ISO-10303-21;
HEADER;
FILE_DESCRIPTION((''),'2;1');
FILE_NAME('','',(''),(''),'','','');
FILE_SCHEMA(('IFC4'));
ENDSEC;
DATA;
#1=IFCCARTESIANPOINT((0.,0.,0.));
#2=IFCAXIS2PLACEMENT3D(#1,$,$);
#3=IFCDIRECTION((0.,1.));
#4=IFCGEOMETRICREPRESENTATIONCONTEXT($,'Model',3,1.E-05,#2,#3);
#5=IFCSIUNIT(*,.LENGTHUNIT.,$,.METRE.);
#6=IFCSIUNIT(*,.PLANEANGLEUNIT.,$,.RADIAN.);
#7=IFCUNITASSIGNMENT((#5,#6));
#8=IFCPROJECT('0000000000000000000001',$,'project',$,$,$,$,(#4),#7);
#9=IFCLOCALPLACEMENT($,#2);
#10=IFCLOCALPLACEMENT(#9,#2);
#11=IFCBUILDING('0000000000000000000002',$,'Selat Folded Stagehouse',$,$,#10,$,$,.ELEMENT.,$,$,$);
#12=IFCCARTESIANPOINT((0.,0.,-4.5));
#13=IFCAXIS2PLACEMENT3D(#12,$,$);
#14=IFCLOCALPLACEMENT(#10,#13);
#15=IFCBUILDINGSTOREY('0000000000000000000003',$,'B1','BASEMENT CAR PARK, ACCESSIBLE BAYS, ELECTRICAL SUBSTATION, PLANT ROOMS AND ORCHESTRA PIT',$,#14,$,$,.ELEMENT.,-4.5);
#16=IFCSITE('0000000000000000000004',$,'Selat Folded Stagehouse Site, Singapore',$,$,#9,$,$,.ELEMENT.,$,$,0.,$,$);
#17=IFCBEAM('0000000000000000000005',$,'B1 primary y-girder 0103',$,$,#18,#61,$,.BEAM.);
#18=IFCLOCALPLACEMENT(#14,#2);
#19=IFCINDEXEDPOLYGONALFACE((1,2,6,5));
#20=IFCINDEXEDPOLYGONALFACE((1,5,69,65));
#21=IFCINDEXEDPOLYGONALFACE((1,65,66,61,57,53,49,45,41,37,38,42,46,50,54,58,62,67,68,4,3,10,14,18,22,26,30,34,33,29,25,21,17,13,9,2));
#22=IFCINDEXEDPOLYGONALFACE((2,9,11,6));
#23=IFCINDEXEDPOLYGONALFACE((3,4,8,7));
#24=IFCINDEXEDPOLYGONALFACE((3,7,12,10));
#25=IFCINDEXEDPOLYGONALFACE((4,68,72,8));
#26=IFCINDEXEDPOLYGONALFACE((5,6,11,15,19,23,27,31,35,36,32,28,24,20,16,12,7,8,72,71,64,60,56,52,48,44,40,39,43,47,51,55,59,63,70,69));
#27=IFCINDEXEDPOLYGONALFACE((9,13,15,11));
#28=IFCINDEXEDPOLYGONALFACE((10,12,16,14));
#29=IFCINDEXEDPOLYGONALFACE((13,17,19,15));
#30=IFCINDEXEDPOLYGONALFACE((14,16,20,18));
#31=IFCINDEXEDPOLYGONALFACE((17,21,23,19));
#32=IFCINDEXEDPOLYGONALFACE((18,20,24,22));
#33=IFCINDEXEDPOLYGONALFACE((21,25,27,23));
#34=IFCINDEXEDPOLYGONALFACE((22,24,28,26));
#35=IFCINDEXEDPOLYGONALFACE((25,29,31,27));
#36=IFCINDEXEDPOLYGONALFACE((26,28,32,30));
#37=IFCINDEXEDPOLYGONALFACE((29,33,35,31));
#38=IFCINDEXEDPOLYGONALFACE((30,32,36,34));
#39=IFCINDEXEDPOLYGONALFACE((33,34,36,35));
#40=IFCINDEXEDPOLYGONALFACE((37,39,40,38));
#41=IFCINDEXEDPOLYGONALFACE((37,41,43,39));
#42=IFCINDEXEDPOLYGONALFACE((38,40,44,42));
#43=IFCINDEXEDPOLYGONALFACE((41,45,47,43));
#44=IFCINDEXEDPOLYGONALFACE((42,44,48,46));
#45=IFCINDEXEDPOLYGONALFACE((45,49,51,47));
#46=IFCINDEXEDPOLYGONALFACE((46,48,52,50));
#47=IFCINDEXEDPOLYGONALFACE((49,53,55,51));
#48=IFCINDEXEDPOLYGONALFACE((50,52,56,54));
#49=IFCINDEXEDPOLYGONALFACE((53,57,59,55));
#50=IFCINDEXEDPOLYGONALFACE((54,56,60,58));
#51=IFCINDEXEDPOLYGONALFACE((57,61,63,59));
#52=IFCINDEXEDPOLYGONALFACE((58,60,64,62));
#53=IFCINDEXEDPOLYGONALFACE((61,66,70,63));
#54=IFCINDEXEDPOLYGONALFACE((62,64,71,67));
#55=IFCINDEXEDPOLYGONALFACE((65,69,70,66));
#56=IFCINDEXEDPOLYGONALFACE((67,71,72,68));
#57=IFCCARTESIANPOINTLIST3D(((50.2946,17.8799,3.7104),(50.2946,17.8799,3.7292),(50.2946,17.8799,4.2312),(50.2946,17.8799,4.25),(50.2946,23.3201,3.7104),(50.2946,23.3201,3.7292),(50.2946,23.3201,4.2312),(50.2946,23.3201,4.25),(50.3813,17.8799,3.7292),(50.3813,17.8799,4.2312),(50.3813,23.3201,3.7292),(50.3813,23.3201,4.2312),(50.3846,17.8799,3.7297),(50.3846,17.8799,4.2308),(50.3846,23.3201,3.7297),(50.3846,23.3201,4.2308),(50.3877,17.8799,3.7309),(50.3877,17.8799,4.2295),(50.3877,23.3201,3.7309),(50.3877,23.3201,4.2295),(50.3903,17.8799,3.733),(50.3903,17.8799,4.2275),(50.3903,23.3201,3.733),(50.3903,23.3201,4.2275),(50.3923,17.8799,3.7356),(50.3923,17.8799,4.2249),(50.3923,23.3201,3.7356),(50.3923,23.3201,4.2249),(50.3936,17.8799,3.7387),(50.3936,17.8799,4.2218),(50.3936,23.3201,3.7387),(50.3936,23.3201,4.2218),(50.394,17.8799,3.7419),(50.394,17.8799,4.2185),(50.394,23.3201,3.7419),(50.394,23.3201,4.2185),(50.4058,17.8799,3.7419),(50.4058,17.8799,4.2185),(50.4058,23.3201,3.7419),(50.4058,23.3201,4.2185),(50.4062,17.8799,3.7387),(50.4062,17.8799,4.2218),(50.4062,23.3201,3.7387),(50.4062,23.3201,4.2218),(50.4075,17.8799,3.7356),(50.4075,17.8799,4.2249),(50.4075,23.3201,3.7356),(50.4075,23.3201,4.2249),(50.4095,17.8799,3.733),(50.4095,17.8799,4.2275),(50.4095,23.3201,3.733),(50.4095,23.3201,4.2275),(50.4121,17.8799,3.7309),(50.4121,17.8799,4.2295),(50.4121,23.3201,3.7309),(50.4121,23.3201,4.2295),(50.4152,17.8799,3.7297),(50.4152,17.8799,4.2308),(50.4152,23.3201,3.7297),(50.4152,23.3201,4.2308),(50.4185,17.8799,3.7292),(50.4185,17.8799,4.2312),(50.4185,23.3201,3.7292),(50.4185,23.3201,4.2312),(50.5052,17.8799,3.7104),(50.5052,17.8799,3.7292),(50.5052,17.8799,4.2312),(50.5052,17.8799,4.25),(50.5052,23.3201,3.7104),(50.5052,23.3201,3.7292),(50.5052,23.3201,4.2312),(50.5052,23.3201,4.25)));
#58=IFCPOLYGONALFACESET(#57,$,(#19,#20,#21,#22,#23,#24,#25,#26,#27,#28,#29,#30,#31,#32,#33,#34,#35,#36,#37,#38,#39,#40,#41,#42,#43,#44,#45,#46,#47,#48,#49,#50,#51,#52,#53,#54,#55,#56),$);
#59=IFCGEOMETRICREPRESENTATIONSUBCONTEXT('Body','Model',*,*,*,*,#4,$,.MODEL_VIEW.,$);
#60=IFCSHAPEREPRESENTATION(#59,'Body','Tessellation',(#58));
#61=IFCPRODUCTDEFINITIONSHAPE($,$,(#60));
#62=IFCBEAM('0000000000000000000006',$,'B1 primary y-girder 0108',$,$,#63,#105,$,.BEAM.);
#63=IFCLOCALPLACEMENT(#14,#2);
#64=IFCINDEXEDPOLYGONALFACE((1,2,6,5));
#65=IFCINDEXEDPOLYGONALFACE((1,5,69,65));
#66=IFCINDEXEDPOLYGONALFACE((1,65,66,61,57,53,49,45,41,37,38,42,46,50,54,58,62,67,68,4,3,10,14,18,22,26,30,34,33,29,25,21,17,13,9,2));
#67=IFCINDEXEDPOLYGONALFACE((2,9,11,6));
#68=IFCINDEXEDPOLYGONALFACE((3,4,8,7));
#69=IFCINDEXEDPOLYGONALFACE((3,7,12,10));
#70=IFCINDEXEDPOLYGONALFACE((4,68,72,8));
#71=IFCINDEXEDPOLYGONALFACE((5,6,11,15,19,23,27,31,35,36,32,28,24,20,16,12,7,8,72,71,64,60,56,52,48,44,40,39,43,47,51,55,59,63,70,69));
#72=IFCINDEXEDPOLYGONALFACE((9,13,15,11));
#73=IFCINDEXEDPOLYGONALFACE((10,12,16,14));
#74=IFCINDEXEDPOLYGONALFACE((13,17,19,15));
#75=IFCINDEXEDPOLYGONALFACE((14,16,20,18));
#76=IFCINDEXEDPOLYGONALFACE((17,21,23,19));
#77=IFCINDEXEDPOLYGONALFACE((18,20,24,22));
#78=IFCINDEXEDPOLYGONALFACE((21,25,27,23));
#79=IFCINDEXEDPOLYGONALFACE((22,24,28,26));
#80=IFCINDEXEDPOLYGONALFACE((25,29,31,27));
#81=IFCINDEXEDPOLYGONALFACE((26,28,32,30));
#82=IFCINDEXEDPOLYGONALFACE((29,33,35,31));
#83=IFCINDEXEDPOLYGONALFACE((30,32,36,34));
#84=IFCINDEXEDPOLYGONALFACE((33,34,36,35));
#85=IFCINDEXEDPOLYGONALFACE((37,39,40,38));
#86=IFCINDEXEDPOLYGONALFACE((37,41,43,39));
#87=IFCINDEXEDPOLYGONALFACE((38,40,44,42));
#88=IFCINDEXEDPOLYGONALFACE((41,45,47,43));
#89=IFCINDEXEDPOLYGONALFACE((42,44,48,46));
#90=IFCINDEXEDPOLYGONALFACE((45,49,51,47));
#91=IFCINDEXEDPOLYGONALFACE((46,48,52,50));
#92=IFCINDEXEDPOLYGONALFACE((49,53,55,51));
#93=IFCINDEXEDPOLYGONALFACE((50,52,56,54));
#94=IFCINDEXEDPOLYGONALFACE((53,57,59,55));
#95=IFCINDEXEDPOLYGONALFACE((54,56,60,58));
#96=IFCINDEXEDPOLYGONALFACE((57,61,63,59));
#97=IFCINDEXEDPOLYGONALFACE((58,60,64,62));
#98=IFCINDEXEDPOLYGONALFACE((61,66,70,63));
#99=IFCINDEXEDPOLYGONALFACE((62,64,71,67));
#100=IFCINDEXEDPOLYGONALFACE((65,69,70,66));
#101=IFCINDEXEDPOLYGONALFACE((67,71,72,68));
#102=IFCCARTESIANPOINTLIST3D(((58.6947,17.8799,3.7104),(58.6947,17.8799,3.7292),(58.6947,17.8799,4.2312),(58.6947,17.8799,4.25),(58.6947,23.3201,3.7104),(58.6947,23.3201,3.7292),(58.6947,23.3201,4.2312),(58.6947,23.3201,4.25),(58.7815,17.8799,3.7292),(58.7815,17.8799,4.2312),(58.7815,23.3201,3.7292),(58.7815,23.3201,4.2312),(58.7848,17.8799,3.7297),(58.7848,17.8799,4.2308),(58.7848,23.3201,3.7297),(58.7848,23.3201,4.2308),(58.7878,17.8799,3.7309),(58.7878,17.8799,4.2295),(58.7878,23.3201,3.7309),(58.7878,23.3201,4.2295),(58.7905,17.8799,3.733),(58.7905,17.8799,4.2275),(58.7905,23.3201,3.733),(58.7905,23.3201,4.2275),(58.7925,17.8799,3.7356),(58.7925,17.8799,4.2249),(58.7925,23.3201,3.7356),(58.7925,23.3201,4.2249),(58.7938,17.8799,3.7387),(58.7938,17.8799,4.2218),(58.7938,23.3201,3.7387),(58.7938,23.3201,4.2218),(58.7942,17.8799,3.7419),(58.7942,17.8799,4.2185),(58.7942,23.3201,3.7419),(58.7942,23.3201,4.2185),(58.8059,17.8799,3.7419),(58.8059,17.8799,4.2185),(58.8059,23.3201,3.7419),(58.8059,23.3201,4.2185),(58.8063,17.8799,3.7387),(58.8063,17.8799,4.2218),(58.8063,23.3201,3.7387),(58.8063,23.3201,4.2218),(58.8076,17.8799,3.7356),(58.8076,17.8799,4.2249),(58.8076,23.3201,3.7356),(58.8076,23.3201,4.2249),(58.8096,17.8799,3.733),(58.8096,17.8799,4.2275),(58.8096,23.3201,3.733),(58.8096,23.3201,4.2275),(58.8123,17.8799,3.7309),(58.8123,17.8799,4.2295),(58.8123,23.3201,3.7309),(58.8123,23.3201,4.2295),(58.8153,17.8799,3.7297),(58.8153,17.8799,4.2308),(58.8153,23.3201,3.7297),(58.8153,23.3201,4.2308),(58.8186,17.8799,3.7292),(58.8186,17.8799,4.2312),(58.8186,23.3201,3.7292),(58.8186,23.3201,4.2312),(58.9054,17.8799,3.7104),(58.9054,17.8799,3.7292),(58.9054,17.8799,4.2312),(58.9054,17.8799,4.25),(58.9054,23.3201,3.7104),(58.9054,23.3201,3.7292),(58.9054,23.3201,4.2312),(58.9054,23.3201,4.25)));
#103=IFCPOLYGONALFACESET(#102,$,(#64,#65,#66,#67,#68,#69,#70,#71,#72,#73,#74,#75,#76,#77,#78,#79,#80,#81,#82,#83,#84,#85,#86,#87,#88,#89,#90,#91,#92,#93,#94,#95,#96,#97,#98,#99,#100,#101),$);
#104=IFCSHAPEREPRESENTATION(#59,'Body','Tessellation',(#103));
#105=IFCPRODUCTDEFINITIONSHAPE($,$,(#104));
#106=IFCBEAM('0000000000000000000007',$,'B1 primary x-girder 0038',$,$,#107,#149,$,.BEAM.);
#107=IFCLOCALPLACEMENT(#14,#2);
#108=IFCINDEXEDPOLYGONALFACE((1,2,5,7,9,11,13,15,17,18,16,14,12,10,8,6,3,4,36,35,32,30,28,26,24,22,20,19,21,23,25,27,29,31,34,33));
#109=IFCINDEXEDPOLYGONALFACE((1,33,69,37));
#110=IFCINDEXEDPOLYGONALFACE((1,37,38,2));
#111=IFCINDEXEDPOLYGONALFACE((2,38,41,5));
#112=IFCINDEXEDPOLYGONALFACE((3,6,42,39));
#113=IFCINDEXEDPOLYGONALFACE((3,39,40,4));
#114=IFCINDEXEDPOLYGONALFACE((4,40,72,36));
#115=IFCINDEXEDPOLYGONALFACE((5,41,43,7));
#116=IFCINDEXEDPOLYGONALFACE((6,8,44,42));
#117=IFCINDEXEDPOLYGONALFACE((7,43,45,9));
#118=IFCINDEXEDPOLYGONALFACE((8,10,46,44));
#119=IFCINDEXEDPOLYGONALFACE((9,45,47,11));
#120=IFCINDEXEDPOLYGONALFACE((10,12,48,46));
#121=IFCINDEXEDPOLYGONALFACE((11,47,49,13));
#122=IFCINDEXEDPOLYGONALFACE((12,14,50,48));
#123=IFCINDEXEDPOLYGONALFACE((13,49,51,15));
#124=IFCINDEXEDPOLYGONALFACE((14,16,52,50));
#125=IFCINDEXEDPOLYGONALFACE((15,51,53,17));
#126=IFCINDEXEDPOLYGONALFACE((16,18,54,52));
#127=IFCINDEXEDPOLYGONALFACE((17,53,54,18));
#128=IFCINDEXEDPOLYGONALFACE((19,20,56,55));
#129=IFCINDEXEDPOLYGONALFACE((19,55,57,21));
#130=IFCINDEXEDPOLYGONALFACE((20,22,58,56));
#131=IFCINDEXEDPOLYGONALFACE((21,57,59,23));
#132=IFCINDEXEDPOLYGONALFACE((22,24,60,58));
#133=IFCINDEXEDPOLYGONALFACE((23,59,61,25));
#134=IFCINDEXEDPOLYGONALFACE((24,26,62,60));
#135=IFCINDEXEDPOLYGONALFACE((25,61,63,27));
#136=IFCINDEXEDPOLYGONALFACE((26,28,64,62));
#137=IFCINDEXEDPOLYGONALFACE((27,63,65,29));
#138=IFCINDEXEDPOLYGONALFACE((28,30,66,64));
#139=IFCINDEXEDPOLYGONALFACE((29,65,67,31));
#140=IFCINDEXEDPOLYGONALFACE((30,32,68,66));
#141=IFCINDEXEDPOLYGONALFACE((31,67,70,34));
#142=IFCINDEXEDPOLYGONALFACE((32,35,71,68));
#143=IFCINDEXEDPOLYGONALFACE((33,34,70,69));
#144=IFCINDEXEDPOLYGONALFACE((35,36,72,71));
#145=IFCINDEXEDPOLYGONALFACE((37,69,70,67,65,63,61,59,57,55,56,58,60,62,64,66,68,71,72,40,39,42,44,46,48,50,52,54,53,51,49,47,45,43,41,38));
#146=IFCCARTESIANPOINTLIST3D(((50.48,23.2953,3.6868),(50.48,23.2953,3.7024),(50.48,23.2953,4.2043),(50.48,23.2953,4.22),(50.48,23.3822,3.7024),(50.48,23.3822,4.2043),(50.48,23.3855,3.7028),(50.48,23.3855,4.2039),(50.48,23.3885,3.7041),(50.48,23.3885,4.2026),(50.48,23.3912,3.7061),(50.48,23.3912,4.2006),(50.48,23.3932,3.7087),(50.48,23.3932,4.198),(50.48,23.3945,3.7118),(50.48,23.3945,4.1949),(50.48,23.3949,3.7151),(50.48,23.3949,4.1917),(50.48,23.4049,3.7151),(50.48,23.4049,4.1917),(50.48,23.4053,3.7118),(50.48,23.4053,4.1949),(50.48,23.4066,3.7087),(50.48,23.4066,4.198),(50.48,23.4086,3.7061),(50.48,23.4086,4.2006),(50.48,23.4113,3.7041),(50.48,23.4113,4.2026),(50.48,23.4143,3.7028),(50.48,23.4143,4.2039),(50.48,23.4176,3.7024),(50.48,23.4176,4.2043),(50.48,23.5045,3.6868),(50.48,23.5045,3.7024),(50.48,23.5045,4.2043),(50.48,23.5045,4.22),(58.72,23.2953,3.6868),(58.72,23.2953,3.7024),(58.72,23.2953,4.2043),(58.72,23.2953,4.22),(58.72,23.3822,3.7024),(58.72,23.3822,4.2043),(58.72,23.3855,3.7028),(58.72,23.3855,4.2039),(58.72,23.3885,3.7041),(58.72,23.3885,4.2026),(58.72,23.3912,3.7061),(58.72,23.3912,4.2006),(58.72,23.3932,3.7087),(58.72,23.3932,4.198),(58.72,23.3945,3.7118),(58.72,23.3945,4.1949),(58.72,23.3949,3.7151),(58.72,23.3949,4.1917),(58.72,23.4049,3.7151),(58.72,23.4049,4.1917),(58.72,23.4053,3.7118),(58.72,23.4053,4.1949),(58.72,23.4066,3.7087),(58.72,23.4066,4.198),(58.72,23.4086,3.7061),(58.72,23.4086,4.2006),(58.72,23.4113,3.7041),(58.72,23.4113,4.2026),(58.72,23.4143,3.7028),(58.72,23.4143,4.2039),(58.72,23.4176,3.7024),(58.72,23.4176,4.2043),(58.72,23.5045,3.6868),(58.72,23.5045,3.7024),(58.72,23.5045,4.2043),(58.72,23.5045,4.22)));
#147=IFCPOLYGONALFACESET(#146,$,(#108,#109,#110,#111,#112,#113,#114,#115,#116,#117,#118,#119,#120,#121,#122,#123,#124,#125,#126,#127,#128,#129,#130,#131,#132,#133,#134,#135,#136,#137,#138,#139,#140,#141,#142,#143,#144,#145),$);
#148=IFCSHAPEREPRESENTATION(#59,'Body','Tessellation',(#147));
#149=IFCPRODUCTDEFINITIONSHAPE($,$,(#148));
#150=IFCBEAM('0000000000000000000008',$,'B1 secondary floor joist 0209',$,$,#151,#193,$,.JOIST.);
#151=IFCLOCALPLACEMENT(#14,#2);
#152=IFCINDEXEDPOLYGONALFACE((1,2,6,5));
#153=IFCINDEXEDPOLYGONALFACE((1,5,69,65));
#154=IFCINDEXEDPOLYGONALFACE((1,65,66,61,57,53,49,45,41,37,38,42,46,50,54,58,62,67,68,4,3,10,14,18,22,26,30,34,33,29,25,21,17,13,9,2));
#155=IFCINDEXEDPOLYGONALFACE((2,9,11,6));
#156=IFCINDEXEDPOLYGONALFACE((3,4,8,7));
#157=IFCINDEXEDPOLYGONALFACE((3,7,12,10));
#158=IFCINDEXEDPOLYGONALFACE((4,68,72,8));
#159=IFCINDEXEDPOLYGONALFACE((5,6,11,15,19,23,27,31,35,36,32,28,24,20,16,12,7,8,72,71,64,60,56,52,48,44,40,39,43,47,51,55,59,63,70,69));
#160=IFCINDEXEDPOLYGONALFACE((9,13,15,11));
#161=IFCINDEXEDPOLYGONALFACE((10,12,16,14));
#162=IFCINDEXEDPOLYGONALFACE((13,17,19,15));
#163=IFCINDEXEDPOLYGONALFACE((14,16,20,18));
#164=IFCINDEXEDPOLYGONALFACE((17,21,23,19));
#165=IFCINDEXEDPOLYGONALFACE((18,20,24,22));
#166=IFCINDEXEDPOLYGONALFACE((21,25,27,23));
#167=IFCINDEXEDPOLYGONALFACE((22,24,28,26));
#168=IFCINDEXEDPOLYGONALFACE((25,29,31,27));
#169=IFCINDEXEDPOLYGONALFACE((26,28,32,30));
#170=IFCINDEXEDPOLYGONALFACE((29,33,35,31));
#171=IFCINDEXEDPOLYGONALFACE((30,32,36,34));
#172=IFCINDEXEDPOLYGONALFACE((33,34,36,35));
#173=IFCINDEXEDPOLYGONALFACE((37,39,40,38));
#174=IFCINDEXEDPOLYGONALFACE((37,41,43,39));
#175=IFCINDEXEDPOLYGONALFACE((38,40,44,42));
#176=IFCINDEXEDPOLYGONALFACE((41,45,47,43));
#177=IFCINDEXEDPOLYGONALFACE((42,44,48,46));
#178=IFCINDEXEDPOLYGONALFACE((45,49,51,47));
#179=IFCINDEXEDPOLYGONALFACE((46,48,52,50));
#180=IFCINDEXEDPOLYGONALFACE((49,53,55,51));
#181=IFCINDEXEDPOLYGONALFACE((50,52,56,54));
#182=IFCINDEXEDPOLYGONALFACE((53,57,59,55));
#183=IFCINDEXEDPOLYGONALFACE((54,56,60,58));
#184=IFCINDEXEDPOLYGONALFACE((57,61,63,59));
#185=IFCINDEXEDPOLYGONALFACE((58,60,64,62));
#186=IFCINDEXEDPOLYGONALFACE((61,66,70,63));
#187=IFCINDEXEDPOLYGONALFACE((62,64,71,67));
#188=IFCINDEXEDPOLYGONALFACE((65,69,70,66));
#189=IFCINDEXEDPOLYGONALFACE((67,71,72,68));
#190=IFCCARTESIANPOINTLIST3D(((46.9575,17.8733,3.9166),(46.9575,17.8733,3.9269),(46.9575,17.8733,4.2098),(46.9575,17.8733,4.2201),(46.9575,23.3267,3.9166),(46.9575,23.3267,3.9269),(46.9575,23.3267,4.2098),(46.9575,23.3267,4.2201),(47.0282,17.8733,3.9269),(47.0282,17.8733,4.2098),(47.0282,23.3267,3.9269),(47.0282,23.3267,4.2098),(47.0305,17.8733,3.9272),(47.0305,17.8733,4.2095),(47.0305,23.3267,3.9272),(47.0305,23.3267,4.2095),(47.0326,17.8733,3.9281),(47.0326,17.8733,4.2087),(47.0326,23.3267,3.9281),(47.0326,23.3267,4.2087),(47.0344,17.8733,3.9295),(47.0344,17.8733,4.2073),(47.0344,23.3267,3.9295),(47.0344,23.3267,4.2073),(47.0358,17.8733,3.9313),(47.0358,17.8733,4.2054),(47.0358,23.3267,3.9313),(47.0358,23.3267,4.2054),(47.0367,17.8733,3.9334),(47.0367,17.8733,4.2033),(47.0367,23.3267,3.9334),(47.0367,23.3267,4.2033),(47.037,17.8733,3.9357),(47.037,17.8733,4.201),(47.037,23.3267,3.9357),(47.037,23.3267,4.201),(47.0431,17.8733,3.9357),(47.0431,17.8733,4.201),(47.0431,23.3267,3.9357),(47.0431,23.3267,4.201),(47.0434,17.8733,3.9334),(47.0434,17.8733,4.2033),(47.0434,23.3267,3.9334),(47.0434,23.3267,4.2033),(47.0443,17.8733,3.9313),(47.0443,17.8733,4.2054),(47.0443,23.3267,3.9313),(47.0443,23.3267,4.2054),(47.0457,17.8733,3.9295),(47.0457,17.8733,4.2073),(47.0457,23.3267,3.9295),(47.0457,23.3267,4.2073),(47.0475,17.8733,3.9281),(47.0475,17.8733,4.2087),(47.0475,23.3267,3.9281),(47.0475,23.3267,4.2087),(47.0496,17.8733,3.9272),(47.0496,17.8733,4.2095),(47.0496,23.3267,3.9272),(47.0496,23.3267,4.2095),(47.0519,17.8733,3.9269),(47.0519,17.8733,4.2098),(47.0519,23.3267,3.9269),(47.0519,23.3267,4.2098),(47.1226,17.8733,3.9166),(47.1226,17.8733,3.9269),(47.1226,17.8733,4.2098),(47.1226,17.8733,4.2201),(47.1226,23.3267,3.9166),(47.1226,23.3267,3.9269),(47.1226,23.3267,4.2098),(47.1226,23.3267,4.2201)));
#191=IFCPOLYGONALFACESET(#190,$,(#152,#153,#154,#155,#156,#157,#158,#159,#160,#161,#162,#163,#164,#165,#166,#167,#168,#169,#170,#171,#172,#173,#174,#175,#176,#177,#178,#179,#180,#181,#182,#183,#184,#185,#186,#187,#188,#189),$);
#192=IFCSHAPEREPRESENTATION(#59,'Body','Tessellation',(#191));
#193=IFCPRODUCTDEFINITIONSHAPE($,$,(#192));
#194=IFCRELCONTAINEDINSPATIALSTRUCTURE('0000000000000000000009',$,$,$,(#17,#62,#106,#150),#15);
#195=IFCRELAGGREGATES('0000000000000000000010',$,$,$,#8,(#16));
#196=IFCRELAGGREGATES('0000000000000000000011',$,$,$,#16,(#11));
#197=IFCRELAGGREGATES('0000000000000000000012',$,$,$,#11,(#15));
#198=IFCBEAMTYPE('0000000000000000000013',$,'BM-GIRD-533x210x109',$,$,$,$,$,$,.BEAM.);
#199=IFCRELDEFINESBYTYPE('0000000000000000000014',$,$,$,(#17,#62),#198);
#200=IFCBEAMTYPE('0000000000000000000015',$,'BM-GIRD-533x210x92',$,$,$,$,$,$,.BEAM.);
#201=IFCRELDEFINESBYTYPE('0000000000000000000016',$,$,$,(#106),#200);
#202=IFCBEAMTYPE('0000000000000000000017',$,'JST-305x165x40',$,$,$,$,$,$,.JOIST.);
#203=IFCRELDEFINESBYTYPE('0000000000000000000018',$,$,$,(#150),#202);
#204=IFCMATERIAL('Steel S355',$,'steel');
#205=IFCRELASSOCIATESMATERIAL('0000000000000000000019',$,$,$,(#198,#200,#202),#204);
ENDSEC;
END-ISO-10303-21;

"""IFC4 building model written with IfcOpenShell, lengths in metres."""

from ifc_helpers import new_model, si_unit, direction, frame, origin, origin_2d, place, context, subcontext, project, spatial, i_section, extrude, material, material_profile, profile_set, type_object, element, save


model = new_model("IFC4")

# Units and contexts
model_context = context("Model", 3, precision=1e-05, world=origin(), true_north=direction((0.0, 1.0)))
body_context = subcontext(model_context, "Body", "Model", "MODEL_VIEW")
ifc_project = project(units=[si_unit("LENGTHUNIT", "METRE"), si_unit("PLANEANGLEUNIT", "RADIAN")], contexts=[model_context])

# Site, building, storey
site_placement = place(None, origin())
site = spatial("IfcSite", under=ifc_project, at=site_placement, Name="Selat Folded Stagehouse Site, Singapore", CompositionType="ELEMENT", RefElevation=0.0)
building_placement = place(site_placement, origin())
building = spatial("IfcBuilding", under=site, at=building_placement, Name="Selat Folded Stagehouse", CompositionType="ELEMENT")
storey_placement = place(building_placement, frame((0.0, 0.0, -4.5)))
storey = spatial("IfcBuildingStorey", under=building, at=storey_placement, Name="B1", Description="BASEMENT CAR PARK, ACCESSIBLE BAYS, ELECTRICAL SUBSTATION, PLANT ROOMS AND ORCHESTRA PIT", CompositionType="ELEMENT", Elevation=-4.5)

# Shared definitions
ifc_material_1 = material(Name="Steel S355", Category="steel")

# Beams
ifc_material_profile_1 = material_profile(ifc_material_1, i_section(OverallWidth=0.2107, OverallDepth=0.5396, WebThickness=0.0117, FlangeThickness=0.0188, FilletRadius=0.0127, at=origin_2d()), Name="UKB 533x210x109")
ifc_profile_set_1 = profile_set([ifc_material_profile_1], Name="Steel S355")
beam_type_1 = type_object("IfcBeamType", Name="BM-GIRD-533x210x109", PredefinedType="BEAM", material=ifc_profile_set_1)
for number, where, z_axis, x_axis, name in (
    (1, (50.3999, 17.8799, 3.9802), (0.0, 1.0, 0.0), (-1.0, 0.0, 0.0), "B1 primary y-girder 0103"),
    (2, (58.8, 17.8799, 3.9802), (0.0, 1.0, 0.0), (-1.0, 0.0, 0.0), "B1 primary y-girder 0108"),
):
    element("IfcBeam", number, at=place(storey_placement, frame(where, z_axis=z_axis, x_axis=x_axis)), inside=storey, type_object=beam_type_1, Name=name, PredefinedType="BEAM", context=body_context, shape_type="SweptSolid", body=[
        extrude(i_section(OverallWidth=0.2107, OverallDepth=0.5396, WebThickness=0.0117, FlangeThickness=0.0188, FilletRadius=0.0127, at=origin_2d()), origin(), (0.0, 0.0, 1.0), 5.4402),
    ])
ifc_material_profile_2 = material_profile(ifc_material_1, i_section(OverallWidth=0.2092, OverallDepth=0.5332, WebThickness=0.01, FlangeThickness=0.0156, FilletRadius=0.0127, at=origin_2d()), Name="UKB 533x210x92")
ifc_profile_set_2 = profile_set([ifc_material_profile_2], Name="Steel S355")
beam_type_2 = type_object("IfcBeamType", Name="BM-GIRD-533x210x92", PredefinedType="BEAM", material=ifc_profile_set_2)
beam_1_placement = place(storey_placement, frame((50.48, 23.3999, 3.9534), z_axis=(1.0, 0.0, 0.0), x_axis=(0.0, 1.0, 0.0)))
element("IfcBeam", 3, at=beam_1_placement, inside=storey, type_object=beam_type_2, Name="B1 primary x-girder 0038", PredefinedType="BEAM", context=body_context, shape_type="SweptSolid", body=[
    extrude(i_section(OverallWidth=0.2092, OverallDepth=0.5332, WebThickness=0.01, FlangeThickness=0.0156, FilletRadius=0.0127, at=origin_2d()), origin(), (0.0, 0.0, 1.0), 8.24),
])
ifc_material_profile_3 = material_profile(ifc_material_1, i_section(OverallWidth=0.165, OverallDepth=0.3035, WebThickness=0.0061, FlangeThickness=0.0103, FilletRadius=0.0088, at=origin_2d()), Name="UKB 305x165x40")
ifc_profile_set_3 = profile_set([ifc_material_profile_3], Name="Steel S355")
beam_type_3 = type_object("IfcBeamType", Name="JST-305x165x40", PredefinedType="JOIST", material=ifc_profile_set_3)
beam_2_placement = place(storey_placement, frame((47.04, 17.8733, 4.0684), z_axis=(0.0, 1.0, 0.0), x_axis=(-1.0, 0.0, 0.0)))
element("IfcBeam", 4, at=beam_2_placement, inside=storey, type_object=beam_type_3, Name="B1 secondary floor joist 0209", PredefinedType="JOIST", context=body_context, shape_type="SweptSolid", body=[
    extrude(i_section(OverallWidth=0.165, OverallDepth=0.3035, WebThickness=0.0061, FlangeThickness=0.0103, FilletRadius=0.0088, at=origin_2d()), origin(), (0.0, 0.0, 1.0), 5.4534),
])

save(model, "model.ifc")
